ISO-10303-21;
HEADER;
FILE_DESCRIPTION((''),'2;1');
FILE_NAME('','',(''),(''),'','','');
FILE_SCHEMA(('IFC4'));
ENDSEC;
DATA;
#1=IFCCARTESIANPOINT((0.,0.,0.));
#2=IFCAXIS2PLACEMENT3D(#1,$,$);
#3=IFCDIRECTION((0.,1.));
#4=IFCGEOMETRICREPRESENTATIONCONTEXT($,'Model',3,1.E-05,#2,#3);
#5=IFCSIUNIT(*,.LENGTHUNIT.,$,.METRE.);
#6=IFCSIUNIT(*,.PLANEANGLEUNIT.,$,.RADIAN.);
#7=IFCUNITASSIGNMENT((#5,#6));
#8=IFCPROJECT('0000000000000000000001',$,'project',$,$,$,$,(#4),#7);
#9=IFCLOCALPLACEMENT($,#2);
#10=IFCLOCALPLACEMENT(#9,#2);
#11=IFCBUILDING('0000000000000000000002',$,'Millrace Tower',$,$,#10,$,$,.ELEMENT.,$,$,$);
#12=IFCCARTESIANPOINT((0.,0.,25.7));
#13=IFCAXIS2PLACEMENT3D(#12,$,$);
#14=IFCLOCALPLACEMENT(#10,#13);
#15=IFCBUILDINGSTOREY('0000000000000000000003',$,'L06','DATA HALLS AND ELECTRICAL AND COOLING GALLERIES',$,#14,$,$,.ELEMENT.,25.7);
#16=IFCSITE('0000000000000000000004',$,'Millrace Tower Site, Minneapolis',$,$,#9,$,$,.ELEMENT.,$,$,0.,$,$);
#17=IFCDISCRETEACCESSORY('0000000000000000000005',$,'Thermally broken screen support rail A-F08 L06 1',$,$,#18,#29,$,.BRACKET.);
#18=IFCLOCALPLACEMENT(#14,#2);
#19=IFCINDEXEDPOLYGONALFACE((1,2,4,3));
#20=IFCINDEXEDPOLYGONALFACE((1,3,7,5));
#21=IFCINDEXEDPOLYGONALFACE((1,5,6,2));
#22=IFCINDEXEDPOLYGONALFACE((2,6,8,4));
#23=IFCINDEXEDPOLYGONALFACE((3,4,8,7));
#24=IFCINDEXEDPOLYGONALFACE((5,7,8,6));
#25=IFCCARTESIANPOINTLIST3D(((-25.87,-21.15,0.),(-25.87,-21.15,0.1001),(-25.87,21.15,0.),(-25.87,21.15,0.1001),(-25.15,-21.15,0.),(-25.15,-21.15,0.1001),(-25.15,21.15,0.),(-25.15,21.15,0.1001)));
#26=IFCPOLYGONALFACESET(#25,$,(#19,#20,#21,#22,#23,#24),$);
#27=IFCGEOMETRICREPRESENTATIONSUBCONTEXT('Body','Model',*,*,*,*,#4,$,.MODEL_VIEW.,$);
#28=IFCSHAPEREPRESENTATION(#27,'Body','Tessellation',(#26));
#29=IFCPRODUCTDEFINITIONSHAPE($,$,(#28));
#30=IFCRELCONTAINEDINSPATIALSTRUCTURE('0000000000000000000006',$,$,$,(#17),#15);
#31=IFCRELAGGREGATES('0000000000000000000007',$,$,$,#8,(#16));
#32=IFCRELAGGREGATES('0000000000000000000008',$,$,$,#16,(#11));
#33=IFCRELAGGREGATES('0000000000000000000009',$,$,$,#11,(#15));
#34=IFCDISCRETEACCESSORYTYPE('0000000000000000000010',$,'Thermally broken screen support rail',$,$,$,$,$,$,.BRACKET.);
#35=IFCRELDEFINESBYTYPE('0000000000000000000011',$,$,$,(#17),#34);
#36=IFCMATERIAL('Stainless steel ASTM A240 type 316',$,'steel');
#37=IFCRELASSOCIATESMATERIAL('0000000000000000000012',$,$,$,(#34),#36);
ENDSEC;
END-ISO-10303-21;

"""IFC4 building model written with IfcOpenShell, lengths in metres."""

from ifc_helpers import new_model, si_unit, direction, frame, origin, origin_2d, place, context, subcontext, project, spatial, rectangle, extrude, material, type_object, element, save


model = new_model("IFC4")

# Units and contexts
model_context = context("Model", 3, precision=1e-05, world=origin(), true_north=direction((0.0, 1.0)))
body_context = subcontext(model_context, "Body", "Model", "MODEL_VIEW")
ifc_project = project(units=[si_unit("LENGTHUNIT", "METRE"), si_unit("PLANEANGLEUNIT", "RADIAN")], contexts=[model_context])

# Site, building, storey
site_placement = place(None, origin())
site = spatial("IfcSite", under=ifc_project, at=site_placement, Name="Millrace Tower Site, Minneapolis", CompositionType="ELEMENT", RefElevation=0.0)
building_placement = place(site_placement, origin())
building = spatial("IfcBuilding", under=site, at=building_placement, Name="Millrace Tower", CompositionType="ELEMENT")
storey_placement = place(building_placement, frame((0.0, 0.0, 25.7)))
storey = spatial("IfcBuildingStorey", under=building, at=storey_placement, Name="L06", Description="DATA HALLS AND ELECTRICAL AND COOLING GALLERIES", CompositionType="ELEMENT", Elevation=25.7)

# Discrete accessory
ifc_material_1 = material(Name="Stainless steel ASTM A240 type 316", Category="steel")
discrete_accessory_type = type_object("IfcDiscreteAccessoryType", Name="Thermally broken screen support rail", PredefinedType="BRACKET", material=ifc_material_1)
discrete_accessory_placement = place(storey_placement, frame((-25.51, 0.0, 0.0), z_axis=(0.0, 0.0, 1.0), x_axis=(0.0, -1.0, 0.0)))
element("IfcDiscreteAccessory", 1, at=discrete_accessory_placement, inside=storey, type_object=discrete_accessory_type, Name="Thermally broken screen support rail A-F08 L06 1", PredefinedType="BRACKET", context=body_context, shape_type="SweptSolid", body=[
    extrude(rectangle(XDim=42.3, YDim=0.72, at=origin_2d()), origin(), (0.0, 0.0, 1.0), 0.1001),
])

save(model, "model.ifc")
